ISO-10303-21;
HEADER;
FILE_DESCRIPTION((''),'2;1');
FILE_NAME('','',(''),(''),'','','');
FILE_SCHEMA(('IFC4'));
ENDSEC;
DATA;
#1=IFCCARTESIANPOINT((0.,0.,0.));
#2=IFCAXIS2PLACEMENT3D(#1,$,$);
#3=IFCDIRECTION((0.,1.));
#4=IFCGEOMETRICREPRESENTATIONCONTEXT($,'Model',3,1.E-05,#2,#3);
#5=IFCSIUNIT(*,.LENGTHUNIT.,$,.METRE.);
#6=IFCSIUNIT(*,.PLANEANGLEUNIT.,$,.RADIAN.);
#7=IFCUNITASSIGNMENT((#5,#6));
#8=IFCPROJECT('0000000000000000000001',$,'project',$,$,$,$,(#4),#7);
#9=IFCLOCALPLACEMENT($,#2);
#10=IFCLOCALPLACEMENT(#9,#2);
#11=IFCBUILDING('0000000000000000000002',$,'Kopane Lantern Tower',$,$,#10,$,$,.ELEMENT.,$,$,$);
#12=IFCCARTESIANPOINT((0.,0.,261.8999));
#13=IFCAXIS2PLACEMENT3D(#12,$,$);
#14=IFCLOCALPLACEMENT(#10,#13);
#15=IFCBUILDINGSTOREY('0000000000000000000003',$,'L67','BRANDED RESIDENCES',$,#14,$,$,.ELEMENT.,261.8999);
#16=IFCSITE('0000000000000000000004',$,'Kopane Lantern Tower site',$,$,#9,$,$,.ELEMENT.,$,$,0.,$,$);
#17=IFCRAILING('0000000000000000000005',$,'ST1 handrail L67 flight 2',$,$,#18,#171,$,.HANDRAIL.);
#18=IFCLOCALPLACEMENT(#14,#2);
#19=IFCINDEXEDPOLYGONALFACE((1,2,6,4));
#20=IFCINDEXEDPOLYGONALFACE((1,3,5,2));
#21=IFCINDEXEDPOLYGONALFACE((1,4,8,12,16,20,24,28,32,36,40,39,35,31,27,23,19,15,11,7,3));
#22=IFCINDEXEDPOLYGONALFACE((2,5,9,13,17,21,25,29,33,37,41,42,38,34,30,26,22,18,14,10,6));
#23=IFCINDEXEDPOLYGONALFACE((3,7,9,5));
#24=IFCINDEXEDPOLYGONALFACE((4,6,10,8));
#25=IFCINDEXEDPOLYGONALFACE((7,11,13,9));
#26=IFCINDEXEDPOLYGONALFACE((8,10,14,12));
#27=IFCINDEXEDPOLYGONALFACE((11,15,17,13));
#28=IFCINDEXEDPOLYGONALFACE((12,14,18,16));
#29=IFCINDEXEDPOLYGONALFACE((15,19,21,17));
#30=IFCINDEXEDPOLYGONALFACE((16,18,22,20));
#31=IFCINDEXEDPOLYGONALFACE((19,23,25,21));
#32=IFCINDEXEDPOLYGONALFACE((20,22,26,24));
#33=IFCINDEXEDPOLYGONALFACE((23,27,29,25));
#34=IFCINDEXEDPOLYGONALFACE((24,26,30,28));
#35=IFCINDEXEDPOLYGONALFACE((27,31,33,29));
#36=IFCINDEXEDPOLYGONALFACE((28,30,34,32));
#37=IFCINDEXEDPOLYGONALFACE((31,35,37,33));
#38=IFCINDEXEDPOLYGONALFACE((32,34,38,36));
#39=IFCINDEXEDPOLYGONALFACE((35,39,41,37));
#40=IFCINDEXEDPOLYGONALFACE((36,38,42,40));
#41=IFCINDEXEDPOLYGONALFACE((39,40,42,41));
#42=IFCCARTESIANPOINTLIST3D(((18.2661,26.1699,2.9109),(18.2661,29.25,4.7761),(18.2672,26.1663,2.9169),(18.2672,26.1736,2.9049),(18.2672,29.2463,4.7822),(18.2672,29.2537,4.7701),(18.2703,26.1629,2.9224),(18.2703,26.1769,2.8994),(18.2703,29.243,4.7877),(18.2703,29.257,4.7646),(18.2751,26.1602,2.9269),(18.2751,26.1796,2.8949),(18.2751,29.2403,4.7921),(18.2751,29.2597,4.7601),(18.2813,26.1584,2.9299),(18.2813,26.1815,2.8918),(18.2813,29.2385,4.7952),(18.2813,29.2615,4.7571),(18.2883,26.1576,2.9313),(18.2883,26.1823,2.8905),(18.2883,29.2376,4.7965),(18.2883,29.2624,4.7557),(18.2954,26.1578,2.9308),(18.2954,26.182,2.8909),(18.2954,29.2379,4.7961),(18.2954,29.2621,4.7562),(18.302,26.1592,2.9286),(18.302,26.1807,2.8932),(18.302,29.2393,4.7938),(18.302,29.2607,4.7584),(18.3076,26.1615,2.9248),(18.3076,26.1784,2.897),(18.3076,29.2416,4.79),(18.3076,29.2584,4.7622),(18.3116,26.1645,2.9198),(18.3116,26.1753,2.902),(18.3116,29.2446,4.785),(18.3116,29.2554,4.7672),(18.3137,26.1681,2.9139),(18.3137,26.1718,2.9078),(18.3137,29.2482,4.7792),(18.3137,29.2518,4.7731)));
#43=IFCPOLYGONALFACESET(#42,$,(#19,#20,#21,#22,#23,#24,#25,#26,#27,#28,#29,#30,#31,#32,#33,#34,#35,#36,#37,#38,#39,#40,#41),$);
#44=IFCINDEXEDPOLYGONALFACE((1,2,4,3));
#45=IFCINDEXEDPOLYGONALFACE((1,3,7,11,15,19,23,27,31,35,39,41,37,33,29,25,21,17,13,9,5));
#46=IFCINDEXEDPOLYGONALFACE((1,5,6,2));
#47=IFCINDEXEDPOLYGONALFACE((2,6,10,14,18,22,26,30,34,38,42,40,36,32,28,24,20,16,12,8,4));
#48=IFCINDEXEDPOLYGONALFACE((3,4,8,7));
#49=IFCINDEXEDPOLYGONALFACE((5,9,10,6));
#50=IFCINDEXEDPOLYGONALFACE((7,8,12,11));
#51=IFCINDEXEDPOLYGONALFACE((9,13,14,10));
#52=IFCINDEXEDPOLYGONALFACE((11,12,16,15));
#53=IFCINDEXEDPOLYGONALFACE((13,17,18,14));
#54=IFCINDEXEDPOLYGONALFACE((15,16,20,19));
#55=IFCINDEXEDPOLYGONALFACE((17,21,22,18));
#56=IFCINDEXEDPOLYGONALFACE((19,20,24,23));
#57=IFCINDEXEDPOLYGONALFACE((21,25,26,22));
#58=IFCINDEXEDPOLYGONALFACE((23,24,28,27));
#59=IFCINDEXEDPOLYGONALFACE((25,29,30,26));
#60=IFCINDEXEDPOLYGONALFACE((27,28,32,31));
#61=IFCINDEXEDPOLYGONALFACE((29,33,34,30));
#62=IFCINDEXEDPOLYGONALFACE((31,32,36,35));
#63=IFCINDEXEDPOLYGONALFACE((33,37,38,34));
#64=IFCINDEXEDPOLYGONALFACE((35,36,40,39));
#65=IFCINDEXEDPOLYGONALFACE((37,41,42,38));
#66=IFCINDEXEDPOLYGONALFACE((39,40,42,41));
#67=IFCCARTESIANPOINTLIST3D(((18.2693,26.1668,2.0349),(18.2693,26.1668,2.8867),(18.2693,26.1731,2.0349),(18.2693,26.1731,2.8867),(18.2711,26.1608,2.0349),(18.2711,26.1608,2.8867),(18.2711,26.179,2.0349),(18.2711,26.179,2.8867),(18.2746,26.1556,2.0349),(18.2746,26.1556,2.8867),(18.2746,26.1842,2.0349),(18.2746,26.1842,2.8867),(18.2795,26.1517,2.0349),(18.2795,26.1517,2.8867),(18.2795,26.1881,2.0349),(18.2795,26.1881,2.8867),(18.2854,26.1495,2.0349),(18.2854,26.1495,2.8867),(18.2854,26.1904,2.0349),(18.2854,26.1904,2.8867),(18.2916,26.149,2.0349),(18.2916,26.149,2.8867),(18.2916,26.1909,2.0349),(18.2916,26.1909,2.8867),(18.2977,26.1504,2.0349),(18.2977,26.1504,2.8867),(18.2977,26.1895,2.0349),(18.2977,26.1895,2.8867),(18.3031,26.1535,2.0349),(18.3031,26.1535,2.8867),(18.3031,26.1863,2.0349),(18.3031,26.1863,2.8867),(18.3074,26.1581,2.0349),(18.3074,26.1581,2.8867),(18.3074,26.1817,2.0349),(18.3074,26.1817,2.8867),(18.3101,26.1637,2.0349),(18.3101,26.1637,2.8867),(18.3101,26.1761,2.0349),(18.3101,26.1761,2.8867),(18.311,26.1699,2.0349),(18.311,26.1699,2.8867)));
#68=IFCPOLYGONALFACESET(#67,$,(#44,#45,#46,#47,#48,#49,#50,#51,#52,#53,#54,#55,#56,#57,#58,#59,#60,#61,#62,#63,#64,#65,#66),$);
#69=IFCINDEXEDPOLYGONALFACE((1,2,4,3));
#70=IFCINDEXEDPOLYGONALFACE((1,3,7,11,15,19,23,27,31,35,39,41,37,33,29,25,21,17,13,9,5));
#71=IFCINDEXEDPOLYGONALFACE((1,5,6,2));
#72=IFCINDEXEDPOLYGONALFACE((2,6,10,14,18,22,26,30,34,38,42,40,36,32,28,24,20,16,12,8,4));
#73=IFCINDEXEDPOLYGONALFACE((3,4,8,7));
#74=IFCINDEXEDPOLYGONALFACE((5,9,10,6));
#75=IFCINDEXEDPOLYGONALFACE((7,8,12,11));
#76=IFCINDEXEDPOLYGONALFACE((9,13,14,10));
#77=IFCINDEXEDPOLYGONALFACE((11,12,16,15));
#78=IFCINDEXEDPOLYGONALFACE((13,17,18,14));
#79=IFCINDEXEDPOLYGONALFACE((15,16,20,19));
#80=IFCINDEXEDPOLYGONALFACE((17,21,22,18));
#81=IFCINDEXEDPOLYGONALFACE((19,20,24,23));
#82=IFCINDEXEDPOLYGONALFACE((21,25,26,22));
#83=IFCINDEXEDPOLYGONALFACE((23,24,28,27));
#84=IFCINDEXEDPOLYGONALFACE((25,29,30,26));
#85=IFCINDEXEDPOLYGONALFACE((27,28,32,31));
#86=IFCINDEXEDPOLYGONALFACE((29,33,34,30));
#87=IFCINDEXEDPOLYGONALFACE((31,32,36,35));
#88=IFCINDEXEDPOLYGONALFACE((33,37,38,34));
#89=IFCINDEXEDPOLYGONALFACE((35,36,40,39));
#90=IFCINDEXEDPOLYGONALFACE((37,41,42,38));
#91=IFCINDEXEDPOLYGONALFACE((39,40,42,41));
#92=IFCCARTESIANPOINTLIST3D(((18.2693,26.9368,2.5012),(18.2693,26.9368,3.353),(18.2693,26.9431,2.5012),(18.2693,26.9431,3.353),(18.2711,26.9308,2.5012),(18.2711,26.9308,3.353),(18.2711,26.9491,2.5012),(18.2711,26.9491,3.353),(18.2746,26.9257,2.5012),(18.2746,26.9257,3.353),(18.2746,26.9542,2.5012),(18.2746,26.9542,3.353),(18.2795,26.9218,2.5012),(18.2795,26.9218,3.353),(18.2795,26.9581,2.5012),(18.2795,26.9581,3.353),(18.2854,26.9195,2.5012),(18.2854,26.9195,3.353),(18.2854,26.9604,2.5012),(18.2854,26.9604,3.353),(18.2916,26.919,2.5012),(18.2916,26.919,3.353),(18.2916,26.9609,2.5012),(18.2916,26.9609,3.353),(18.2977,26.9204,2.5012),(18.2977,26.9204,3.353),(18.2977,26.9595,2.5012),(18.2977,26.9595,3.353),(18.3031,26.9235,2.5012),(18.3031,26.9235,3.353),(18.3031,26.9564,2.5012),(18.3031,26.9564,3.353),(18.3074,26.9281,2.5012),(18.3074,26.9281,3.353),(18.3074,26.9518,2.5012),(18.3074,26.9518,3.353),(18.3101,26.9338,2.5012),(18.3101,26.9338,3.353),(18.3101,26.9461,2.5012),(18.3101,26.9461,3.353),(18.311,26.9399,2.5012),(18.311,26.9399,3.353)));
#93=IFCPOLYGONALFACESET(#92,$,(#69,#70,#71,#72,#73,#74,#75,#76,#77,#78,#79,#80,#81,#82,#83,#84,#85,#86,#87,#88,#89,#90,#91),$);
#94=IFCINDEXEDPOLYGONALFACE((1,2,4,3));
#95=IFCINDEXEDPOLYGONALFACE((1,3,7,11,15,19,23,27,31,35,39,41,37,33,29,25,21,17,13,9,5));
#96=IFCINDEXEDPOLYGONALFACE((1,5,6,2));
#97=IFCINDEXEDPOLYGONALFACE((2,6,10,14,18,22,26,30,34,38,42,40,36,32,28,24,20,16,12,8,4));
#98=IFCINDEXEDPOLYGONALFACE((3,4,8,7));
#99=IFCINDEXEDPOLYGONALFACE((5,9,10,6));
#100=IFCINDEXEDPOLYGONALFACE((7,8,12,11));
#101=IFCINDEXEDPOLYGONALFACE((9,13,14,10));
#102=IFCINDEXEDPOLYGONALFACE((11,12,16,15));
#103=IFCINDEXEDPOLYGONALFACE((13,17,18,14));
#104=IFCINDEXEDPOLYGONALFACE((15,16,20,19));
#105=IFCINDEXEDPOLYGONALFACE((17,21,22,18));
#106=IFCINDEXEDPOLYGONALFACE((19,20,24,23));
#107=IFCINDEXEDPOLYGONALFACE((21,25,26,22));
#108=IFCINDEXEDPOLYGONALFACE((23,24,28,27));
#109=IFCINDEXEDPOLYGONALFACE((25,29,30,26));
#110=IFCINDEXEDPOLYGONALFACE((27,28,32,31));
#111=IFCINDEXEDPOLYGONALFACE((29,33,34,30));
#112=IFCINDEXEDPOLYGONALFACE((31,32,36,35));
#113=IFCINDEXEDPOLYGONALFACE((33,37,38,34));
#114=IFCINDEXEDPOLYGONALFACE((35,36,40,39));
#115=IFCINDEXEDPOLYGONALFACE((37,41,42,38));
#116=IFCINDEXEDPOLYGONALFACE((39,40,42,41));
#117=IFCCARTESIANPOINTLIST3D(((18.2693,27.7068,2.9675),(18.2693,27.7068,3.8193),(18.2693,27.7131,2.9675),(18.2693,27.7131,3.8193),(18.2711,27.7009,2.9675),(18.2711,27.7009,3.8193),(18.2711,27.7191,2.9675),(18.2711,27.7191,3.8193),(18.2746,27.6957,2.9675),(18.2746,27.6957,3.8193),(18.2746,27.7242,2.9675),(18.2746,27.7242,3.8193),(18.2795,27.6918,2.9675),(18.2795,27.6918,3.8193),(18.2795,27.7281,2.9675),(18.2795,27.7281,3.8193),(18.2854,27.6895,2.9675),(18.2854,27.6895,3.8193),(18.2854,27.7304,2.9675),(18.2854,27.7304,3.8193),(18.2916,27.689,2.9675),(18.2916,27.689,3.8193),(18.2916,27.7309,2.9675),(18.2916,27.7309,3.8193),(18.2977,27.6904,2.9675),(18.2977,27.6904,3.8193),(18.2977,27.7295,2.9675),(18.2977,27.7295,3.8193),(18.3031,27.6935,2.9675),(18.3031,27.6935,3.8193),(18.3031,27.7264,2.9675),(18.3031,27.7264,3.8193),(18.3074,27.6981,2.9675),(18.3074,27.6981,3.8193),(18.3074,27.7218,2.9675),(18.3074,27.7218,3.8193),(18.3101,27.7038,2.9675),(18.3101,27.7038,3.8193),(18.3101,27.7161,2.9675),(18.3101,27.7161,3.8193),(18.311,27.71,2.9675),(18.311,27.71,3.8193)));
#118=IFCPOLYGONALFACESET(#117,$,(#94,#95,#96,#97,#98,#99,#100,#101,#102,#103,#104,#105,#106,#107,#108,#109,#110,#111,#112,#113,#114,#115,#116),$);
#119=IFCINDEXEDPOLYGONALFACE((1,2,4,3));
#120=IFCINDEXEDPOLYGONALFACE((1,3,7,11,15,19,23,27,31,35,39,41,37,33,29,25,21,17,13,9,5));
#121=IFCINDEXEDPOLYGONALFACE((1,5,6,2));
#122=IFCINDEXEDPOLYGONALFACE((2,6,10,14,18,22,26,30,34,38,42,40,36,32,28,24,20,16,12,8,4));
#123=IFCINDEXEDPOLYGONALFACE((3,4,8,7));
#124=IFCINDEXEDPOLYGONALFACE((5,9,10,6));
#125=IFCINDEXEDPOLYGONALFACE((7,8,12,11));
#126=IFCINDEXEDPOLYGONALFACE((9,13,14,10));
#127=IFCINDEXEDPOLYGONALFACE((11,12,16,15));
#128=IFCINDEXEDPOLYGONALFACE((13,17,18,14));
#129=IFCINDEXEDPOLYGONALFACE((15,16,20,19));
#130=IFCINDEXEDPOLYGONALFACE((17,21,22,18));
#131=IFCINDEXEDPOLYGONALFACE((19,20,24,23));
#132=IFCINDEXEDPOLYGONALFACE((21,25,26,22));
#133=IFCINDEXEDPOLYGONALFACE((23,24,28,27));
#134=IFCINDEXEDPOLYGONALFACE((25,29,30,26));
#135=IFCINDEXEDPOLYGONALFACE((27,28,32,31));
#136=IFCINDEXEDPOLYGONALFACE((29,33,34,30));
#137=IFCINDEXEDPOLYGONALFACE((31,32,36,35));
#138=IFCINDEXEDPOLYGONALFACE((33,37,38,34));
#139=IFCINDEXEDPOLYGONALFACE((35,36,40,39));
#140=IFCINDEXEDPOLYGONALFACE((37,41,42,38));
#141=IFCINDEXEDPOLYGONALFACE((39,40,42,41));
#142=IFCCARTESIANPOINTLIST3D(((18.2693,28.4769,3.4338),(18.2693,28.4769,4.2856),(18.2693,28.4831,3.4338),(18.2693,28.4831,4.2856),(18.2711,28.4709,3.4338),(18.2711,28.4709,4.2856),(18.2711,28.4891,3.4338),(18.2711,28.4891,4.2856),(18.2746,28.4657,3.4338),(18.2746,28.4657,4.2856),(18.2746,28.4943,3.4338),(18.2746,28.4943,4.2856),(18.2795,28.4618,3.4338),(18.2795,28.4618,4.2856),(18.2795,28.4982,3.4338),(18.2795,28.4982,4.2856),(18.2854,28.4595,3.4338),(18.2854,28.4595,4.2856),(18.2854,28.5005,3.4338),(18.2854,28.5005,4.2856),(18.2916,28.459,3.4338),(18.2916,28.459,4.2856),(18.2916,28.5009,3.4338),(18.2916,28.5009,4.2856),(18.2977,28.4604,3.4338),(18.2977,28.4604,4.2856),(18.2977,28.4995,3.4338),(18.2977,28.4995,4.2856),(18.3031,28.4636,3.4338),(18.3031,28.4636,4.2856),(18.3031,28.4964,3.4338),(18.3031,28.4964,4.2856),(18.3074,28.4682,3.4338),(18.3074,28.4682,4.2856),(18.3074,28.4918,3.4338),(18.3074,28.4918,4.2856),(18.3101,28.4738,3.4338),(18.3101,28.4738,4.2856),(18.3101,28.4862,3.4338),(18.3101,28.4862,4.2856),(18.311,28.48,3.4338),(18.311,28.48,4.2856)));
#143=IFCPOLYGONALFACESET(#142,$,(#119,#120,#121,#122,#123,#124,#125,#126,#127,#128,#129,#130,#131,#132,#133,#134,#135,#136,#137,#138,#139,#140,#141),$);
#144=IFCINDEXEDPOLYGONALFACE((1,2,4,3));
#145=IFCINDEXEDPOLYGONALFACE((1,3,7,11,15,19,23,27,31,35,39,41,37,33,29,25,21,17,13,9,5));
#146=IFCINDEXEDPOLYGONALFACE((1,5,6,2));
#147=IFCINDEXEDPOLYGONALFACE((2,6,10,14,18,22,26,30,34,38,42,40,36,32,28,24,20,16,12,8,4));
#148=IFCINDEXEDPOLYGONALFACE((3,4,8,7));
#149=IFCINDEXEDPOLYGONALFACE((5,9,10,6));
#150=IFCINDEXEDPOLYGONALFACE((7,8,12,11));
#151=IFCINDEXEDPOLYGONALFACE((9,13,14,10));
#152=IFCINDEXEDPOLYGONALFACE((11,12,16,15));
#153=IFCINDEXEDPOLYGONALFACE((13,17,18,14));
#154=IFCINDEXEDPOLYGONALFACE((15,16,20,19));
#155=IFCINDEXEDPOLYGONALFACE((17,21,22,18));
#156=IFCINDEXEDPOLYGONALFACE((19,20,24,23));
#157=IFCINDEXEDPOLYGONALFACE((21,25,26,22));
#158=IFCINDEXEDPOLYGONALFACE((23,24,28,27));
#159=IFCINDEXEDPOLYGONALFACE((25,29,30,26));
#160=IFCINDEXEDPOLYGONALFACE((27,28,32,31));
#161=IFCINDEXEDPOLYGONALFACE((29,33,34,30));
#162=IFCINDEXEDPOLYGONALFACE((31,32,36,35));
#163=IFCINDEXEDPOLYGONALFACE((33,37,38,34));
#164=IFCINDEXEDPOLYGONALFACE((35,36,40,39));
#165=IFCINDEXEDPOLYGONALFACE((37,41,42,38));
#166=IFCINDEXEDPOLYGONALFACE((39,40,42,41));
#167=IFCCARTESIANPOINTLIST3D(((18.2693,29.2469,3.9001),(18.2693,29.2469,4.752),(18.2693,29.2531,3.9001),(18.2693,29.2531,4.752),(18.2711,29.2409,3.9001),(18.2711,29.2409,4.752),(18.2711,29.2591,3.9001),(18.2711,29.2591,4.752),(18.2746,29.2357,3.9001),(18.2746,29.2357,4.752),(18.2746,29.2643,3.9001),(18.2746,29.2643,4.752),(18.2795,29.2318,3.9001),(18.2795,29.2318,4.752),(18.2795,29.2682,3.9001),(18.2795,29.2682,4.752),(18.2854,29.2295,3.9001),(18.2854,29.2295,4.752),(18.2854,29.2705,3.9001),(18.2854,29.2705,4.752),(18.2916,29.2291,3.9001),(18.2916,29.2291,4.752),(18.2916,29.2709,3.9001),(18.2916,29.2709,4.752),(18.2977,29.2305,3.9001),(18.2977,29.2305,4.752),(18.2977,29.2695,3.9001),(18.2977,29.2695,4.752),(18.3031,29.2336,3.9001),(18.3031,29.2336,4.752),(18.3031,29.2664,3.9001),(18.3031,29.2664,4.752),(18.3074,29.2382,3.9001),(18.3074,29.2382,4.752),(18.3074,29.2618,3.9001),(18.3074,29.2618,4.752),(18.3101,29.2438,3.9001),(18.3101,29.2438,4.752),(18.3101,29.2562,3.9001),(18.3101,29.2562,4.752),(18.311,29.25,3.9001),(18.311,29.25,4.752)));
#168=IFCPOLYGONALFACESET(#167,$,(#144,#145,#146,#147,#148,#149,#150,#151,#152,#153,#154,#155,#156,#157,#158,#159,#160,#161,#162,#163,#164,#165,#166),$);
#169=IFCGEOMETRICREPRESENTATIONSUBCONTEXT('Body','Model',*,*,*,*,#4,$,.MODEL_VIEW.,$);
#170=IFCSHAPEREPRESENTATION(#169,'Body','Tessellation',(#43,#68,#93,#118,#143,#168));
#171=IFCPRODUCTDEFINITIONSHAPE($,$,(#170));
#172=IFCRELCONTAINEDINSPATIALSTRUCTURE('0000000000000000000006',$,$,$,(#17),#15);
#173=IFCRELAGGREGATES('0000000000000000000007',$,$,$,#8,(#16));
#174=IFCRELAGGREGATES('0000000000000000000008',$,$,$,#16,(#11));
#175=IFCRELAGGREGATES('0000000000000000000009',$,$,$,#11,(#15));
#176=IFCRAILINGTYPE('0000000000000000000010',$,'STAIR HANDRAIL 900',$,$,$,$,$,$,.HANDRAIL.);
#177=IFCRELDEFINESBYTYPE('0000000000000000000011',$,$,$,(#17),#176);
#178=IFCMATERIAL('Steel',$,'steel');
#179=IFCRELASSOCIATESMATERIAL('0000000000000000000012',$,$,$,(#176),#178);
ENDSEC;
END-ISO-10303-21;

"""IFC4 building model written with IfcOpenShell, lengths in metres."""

from ifc_helpers import new_model, si_unit, direction, frame, origin, origin_2d, place, context, subcontext, project, spatial, circle, extrude, material, type_object, element, save


model = new_model("IFC4")

# Units and contexts
model_context = context("Model", 3, precision=1e-05, world=origin(), true_north=direction((0.0, 1.0)))
body_context = subcontext(model_context, "Body", "Model", "MODEL_VIEW")
ifc_project = project(units=[si_unit("LENGTHUNIT", "METRE"), si_unit("PLANEANGLEUNIT", "RADIAN")], contexts=[model_context])

# Site, building, storey
site_placement = place(None, origin())
site = spatial("IfcSite", under=ifc_project, at=site_placement, Name="Kopane Lantern Tower site", CompositionType="ELEMENT", RefElevation=0.0)
building_placement = place(site_placement, origin())
building = spatial("IfcBuilding", under=site, at=building_placement, Name="Kopane Lantern Tower", CompositionType="ELEMENT")
storey_placement = place(building_placement, frame((0.0, 0.0, 261.8999)))
storey = spatial("IfcBuildingStorey", under=building, at=storey_placement, Name="L67", Description="BRANDED RESIDENCES", CompositionType="ELEMENT", Elevation=261.8999)

# Railing
ifc_material_1 = material(Name="Steel", Category="steel")
railing_type_1 = type_object("IfcRailingType", Name="STAIR HANDRAIL 900", PredefinedType="HANDRAIL", material=ifc_material_1)
for number, where, name in (
    (1, (18.29, 26.1699, 2.0349), "ST1 handrail L67 flight 2"),
):
    element("IfcRailing", number, at=place(storey_placement, frame(where)), inside=storey, type_object=railing_type_1, Name=name, PredefinedType="HANDRAIL", context=body_context, shape_type="SweptSolid", body=[
        extrude(circle(Radius=0.0239, at=origin_2d()), frame((0.0, 0.0, 0.876), z_axis=(0.0, 0.85538, 0.518001), x_axis=(-1.0, 0.0, 0.0)), (0.0, 0.0, 1.0), 3.6008),
        extrude(circle(Radius=0.021, at=origin_2d()), origin(), (0.0, 0.0, 1.0), 0.8518),
        extrude(circle(Radius=0.021, at=origin_2d()), frame((0.0, 0.77, 0.4663)), (0.0, 0.0, 1.0), 0.8518),
        extrude(circle(Radius=0.021, at=origin_2d()), frame((0.0, 1.54, 0.9326)), (0.0, 0.0, 1.0), 0.8518),
        extrude(circle(Radius=0.021, at=origin_2d()), frame((0.0, 2.3101, 1.3989)), (0.0, 0.0, 1.0), 0.8518),
        extrude(circle(Radius=0.021, at=origin_2d()), frame((0.0, 3.0801, 1.8652)), (0.0, 0.0, 1.0), 0.8518),
    ])

save(model, "model.ifc")
